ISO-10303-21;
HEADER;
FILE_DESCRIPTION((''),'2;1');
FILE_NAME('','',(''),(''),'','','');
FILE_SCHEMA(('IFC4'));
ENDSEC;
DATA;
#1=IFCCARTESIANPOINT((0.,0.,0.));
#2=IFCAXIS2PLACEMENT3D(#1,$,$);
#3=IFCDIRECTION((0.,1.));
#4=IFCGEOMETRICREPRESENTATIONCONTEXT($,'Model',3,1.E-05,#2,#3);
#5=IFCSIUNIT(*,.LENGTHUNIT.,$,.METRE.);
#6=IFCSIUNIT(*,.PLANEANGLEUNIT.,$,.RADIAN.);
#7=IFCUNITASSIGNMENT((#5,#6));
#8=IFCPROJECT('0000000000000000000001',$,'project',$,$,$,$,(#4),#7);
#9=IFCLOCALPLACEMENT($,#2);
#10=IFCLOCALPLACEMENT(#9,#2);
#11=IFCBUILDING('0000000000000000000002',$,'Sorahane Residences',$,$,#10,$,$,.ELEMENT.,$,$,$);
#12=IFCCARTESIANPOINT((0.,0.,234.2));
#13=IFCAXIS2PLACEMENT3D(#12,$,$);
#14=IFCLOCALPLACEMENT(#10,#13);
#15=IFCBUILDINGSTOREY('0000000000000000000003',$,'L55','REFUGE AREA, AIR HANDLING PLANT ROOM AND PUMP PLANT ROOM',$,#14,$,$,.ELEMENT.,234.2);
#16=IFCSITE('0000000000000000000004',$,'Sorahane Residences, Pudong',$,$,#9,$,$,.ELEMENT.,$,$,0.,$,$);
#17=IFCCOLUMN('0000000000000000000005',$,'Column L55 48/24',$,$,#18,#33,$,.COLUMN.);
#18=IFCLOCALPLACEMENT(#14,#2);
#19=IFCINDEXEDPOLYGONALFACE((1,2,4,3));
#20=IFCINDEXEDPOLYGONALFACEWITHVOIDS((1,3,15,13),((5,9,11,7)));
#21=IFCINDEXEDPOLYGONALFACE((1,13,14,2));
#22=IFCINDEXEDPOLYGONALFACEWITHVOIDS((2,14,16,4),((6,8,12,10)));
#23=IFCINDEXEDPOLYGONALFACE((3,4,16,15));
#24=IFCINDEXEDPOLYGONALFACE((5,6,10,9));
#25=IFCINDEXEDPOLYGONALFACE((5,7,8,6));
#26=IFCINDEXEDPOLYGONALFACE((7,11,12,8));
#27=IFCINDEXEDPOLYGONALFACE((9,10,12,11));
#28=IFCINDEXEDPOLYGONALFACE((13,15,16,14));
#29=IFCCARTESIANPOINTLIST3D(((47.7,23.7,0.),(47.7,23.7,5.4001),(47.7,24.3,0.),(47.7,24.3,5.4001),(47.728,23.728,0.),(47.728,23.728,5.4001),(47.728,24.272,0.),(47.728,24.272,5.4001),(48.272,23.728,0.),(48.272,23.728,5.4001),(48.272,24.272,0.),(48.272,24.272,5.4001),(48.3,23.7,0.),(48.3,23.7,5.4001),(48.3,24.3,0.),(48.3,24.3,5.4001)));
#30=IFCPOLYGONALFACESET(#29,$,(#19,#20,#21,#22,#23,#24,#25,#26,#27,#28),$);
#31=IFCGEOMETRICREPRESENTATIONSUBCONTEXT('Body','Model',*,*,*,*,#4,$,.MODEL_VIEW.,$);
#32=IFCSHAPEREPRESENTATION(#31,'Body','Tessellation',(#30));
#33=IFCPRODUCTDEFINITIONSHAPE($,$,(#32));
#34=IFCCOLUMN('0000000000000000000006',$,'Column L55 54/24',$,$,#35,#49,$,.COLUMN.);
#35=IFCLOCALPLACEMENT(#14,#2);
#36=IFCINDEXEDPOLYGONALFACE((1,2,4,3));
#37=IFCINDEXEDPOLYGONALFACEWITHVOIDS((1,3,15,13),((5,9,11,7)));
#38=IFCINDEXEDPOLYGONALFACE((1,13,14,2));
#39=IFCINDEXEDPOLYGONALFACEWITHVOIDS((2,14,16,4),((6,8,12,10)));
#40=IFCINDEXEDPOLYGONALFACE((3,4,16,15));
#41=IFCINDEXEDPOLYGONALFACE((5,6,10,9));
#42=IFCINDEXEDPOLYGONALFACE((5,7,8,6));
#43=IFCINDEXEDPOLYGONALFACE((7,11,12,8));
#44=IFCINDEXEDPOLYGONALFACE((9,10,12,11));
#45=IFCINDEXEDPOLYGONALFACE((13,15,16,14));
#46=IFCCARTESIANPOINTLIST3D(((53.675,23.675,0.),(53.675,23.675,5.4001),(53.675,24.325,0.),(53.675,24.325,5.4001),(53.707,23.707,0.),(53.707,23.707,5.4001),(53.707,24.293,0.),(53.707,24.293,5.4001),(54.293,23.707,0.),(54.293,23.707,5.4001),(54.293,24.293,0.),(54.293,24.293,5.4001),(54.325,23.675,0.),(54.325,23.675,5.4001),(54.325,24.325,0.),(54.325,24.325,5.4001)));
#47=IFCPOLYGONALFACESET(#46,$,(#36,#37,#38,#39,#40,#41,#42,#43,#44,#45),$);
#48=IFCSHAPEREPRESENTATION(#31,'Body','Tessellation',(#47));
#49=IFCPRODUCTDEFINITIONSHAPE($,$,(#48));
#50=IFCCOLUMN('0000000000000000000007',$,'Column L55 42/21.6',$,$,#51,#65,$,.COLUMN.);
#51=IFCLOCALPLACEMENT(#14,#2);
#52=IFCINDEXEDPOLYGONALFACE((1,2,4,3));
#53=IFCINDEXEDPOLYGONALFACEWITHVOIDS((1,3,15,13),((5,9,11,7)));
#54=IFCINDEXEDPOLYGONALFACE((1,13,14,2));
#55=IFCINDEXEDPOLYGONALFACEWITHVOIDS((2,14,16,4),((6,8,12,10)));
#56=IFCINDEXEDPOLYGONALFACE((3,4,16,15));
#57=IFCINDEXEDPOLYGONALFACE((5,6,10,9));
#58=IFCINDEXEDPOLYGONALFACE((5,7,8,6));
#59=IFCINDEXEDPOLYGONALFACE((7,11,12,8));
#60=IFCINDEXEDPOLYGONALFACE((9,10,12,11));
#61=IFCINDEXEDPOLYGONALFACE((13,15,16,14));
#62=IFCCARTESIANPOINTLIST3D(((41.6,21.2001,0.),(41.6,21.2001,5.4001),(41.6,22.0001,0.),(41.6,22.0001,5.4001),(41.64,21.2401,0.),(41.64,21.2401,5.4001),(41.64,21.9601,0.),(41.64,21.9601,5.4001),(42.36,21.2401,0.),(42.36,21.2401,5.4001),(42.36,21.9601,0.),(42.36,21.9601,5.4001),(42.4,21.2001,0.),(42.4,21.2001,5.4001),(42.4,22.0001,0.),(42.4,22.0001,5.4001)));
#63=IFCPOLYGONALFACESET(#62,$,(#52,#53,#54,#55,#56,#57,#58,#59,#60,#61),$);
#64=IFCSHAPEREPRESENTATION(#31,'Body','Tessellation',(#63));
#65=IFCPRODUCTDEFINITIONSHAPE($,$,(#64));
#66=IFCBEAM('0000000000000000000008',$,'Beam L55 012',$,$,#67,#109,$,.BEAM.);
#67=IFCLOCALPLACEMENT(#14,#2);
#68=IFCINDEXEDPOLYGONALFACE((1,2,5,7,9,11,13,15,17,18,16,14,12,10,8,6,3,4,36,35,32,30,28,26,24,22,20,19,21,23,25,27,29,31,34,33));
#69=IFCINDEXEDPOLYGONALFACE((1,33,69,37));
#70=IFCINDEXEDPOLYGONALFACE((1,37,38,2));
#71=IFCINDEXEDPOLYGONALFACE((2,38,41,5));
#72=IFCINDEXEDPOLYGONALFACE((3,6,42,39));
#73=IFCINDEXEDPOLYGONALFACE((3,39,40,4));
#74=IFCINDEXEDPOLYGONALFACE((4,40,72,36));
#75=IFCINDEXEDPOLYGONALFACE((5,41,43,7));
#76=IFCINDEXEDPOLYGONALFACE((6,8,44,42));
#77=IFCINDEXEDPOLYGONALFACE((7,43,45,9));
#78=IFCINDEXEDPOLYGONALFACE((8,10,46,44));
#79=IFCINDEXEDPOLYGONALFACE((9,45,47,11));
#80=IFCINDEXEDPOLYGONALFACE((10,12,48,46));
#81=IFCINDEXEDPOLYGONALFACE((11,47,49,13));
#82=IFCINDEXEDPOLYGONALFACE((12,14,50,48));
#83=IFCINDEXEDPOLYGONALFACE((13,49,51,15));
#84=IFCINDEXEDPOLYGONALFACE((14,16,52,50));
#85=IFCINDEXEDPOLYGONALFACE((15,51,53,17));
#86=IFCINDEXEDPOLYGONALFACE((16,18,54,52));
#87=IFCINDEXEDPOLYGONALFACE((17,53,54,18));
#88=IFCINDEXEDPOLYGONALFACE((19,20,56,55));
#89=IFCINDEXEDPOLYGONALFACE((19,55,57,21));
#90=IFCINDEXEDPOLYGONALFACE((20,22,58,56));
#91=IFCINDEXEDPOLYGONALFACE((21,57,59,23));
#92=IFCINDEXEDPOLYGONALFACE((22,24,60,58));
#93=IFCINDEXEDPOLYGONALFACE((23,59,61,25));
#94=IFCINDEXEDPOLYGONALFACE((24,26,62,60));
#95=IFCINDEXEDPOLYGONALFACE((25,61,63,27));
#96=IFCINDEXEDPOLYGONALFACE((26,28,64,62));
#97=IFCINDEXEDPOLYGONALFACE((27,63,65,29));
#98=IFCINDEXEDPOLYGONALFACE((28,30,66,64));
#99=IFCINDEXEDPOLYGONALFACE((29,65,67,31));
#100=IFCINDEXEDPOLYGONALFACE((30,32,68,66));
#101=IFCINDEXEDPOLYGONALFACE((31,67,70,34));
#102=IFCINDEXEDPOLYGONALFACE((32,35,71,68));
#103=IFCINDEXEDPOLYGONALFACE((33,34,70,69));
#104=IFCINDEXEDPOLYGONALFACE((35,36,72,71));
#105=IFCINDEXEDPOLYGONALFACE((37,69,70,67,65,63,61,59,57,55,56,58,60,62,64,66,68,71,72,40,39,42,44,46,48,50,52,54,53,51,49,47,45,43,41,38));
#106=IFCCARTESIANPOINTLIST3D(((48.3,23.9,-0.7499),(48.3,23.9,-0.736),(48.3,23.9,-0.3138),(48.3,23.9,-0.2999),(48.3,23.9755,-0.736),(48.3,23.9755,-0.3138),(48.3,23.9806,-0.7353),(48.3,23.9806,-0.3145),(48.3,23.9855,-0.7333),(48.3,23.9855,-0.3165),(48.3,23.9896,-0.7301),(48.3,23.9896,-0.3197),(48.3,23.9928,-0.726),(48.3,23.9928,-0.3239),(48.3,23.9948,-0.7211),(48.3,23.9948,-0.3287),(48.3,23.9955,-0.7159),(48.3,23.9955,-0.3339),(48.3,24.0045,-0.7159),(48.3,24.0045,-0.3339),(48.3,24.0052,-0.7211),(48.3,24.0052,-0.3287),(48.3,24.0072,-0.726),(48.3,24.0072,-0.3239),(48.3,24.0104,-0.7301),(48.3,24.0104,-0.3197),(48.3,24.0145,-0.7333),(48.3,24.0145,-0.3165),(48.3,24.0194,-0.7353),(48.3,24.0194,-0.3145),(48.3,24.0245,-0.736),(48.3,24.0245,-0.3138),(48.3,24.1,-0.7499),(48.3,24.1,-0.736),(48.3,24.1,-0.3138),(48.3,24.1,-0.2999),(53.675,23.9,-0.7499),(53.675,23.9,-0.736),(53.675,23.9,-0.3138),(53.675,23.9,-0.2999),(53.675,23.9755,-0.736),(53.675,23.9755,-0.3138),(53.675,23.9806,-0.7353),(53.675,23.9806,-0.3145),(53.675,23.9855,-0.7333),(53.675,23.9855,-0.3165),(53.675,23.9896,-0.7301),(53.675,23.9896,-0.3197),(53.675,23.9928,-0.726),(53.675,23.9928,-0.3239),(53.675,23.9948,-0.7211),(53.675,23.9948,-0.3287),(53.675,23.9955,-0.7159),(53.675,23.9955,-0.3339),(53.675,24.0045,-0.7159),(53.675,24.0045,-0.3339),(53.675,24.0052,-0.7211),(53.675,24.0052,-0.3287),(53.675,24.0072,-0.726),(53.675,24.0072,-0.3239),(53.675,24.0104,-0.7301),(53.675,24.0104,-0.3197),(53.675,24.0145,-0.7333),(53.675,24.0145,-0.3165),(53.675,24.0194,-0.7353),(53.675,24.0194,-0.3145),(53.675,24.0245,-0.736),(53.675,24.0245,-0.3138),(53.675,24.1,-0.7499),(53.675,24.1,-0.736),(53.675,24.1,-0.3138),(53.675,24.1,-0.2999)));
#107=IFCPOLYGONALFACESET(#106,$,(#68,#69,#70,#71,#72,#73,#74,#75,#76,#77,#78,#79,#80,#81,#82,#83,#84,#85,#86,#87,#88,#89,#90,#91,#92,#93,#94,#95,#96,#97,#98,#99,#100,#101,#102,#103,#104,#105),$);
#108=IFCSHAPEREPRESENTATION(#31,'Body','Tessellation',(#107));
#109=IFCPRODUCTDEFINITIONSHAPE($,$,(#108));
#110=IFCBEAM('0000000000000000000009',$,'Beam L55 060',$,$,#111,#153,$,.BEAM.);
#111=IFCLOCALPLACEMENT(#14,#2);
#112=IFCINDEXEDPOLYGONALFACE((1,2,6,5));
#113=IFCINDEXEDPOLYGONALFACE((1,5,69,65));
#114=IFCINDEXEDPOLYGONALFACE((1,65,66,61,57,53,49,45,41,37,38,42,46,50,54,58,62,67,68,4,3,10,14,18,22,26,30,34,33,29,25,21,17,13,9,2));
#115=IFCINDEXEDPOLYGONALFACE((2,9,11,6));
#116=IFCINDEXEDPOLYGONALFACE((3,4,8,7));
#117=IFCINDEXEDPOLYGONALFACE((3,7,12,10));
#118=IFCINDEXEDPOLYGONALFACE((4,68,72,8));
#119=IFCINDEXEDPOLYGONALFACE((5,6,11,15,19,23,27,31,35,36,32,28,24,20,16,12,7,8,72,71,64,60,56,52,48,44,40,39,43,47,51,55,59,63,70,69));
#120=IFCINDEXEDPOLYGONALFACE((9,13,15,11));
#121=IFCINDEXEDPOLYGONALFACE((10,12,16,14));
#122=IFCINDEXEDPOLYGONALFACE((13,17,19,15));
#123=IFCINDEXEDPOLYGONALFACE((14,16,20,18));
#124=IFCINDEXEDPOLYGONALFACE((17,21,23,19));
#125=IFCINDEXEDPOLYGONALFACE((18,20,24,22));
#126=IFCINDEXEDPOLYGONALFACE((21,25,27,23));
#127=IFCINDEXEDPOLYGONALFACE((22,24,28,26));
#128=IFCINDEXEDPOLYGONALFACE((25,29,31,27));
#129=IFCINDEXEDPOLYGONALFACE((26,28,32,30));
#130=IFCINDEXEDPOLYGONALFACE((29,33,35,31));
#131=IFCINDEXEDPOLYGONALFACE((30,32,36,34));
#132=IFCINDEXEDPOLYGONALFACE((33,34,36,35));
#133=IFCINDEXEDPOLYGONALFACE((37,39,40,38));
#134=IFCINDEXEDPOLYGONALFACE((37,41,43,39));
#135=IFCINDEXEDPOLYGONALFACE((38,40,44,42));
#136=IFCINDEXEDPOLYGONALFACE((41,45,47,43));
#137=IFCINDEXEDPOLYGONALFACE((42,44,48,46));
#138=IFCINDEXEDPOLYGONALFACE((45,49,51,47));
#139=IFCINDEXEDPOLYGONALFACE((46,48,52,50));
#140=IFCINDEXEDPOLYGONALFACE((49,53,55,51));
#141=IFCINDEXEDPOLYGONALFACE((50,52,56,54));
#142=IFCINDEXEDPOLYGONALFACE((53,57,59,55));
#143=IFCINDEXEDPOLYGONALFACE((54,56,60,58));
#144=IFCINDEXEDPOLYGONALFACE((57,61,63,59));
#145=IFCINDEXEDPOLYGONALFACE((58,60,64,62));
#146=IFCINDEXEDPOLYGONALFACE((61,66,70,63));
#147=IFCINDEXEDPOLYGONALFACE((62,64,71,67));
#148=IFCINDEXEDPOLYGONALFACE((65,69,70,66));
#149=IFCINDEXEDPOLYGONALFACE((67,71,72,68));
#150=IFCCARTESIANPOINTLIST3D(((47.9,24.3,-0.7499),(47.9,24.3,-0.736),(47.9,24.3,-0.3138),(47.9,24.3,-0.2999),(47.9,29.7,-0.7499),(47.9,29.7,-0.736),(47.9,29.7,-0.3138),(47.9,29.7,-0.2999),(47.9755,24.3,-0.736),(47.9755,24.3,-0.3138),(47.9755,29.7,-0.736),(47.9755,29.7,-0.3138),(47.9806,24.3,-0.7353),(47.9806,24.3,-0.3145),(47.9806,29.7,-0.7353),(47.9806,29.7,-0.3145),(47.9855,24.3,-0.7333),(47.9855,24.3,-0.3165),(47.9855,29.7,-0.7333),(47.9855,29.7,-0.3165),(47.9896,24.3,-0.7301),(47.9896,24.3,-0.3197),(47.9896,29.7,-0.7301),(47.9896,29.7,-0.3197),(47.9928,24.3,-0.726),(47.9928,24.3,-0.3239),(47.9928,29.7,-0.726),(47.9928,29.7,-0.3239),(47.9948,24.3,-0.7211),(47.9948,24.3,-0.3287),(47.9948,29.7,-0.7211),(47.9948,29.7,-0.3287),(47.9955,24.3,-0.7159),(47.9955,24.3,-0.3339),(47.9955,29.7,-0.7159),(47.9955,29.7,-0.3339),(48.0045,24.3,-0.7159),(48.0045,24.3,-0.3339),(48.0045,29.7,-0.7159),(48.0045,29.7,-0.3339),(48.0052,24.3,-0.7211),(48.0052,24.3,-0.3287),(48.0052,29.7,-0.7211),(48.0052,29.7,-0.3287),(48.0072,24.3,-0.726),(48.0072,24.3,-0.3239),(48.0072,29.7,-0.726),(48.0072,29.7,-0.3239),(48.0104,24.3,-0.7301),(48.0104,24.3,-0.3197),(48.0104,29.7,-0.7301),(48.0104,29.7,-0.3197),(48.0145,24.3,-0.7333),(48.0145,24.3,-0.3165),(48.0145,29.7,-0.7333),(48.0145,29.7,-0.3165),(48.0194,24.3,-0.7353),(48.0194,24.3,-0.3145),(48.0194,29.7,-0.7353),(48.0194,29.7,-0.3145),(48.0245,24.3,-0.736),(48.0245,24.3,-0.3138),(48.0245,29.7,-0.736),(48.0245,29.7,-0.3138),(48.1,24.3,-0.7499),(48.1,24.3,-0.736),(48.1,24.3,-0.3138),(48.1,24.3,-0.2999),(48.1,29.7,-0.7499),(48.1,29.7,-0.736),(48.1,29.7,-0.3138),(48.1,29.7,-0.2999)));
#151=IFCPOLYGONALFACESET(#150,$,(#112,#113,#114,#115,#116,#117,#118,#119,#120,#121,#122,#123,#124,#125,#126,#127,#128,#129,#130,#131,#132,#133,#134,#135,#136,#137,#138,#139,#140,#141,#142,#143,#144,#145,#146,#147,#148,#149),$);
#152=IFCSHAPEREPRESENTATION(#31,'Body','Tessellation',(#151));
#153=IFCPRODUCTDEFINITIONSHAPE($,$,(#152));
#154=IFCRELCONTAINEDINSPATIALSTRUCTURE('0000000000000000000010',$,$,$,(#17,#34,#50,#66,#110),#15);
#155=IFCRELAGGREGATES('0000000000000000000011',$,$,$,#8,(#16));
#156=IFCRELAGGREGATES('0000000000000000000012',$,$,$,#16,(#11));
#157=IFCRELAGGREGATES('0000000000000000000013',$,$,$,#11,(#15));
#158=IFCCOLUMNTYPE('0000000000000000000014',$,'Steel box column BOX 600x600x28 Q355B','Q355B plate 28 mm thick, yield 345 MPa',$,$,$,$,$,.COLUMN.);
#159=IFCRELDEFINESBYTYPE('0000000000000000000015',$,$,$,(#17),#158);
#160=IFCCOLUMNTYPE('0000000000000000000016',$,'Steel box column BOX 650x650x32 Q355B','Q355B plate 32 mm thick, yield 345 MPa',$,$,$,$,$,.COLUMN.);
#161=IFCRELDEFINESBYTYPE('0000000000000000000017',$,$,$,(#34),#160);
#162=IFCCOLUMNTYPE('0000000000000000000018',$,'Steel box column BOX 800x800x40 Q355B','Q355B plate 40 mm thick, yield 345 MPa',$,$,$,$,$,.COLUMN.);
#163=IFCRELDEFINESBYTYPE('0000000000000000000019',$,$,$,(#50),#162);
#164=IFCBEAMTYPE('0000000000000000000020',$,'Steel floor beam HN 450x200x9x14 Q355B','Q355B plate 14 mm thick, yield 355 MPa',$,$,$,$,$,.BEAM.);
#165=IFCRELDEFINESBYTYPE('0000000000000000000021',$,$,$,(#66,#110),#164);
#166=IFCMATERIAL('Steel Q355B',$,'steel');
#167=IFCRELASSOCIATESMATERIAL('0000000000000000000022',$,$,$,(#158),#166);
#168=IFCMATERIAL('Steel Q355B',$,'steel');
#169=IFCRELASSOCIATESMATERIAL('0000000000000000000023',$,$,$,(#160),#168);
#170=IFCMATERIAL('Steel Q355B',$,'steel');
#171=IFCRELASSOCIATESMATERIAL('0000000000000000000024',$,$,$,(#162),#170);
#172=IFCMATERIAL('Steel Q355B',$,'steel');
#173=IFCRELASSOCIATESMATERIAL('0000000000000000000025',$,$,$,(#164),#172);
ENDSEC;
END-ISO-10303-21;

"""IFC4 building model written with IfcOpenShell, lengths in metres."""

from ifc_helpers import new_model, si_unit, direction, frame, origin, origin_2d, place, context, subcontext, project, spatial, hollow_rectangle, i_section, extrude, material, material_profile, profile_set, type_object, element, save


model = new_model("IFC4")

# Units and contexts
model_context = context("Model", 3, precision=1e-05, world=origin(), true_north=direction((0.0, 1.0)))
body_context = subcontext(model_context, "Body", "Model", "MODEL_VIEW")
ifc_project = project(units=[si_unit("LENGTHUNIT", "METRE"), si_unit("PLANEANGLEUNIT", "RADIAN")], contexts=[model_context])

# Site, building, storey
site_placement = place(None, origin())
site = spatial("IfcSite", under=ifc_project, at=site_placement, Name="Sorahane Residences, Pudong", CompositionType="ELEMENT", RefElevation=0.0)
building_placement = place(site_placement, origin())
building = spatial("IfcBuilding", under=site, at=building_placement, Name="Sorahane Residences", CompositionType="ELEMENT")
storey_placement = place(building_placement, frame((0.0, 0.0, 234.2)))
storey = spatial("IfcBuildingStorey", under=building, at=storey_placement, Name="L55", Description="REFUGE AREA, AIR HANDLING PLANT ROOM AND PUMP PLANT ROOM", CompositionType="ELEMENT", Elevation=234.2)

# Columns
ifc_material_1 = material(Name="Steel Q355B", Category="steel")
ifc_material_profile_1 = material_profile(ifc_material_1, hollow_rectangle(XDim=0.6001, YDim=0.6001, WallThickness=0.0281, at=origin_2d()), Name="BOX 600x600x28")
ifc_profile_set_1 = profile_set([ifc_material_profile_1], Name="Steel Q355B")
column_type_1 = type_object("IfcColumnType", Name="Steel box column BOX 600x600x28 Q355B", Description="Q355B plate 28 mm thick, yield 345 MPa", PredefinedType="COLUMN", material=ifc_profile_set_1)
column_1_placement = place(storey_placement, frame((48.0, 24.0, 0.0), z_axis=(0.0, 0.0, 1.0), x_axis=(1.0, 0.0, 0.0)))
element("IfcColumn", 1, at=column_1_placement, inside=storey, type_object=column_type_1, Name="Column L55 48/24", PredefinedType="COLUMN", context=body_context, shape_type="SweptSolid", body=[
    extrude(hollow_rectangle(XDim=0.6001, YDim=0.6001, WallThickness=0.0281, at=origin_2d()), origin(), (0.0, 0.0, 1.0), 5.4001),
])
ifc_material_2 = material(Name="Steel Q355B", Category="steel")
ifc_material_profile_2 = material_profile(ifc_material_2, hollow_rectangle(XDim=0.6499, YDim=0.6499, WallThickness=0.032, at=origin_2d()), Name="BOX 650x650x32")
ifc_profile_set_2 = profile_set([ifc_material_profile_2], Name="Steel Q355B")
column_type_2 = type_object("IfcColumnType", Name="Steel box column BOX 650x650x32 Q355B", Description="Q355B plate 32 mm thick, yield 345 MPa", PredefinedType="COLUMN", material=ifc_profile_set_2)
column_2_placement = place(storey_placement, frame((54.0, 24.0, 0.0), z_axis=(0.0, 0.0, 1.0), x_axis=(1.0, 0.0, 0.0)))
element("IfcColumn", 2, at=column_2_placement, inside=storey, type_object=column_type_2, Name="Column L55 54/24", PredefinedType="COLUMN", context=body_context, shape_type="SweptSolid", body=[
    extrude(hollow_rectangle(XDim=0.6499, YDim=0.6499, WallThickness=0.032, at=origin_2d()), origin(), (0.0, 0.0, 1.0), 5.4001),
])
ifc_material_3 = material(Name="Steel Q355B", Category="steel")
ifc_material_profile_3 = material_profile(ifc_material_3, hollow_rectangle(XDim=0.8, YDim=0.8, WallThickness=0.04, at=origin_2d()), Name="BOX 800x800x40")
ifc_profile_set_3 = profile_set([ifc_material_profile_3], Name="Steel Q355B")
column_type_3 = type_object("IfcColumnType", Name="Steel box column BOX 800x800x40 Q355B", Description="Q355B plate 40 mm thick, yield 345 MPa", PredefinedType="COLUMN", material=ifc_profile_set_3)
column_3_placement = place(storey_placement, frame((42.0, 21.6001, 0.0), z_axis=(0.0, 0.0, 1.0), x_axis=(1.0, 0.0, 0.0)))
element("IfcColumn", 3, at=column_3_placement, inside=storey, type_object=column_type_3, Name="Column L55 42/21.6", PredefinedType="COLUMN", context=body_context, shape_type="SweptSolid", body=[
    extrude(hollow_rectangle(XDim=0.8, YDim=0.8, WallThickness=0.04, at=origin_2d()), origin(), (0.0, 0.0, 1.0), 5.4001),
])

# Beams
ifc_material_4 = material(Name="Steel Q355B", Category="steel")
ifc_material_profile_4 = material_profile(ifc_material_4, i_section(OverallWidth=0.2, OverallDepth=0.45, WebThickness=0.009, FlangeThickness=0.0139, FilletRadius=0.02, at=origin_2d()), Name="HN 450x200x9x14")
ifc_profile_set_4 = profile_set([ifc_material_profile_4], Name="Steel Q355B")
beam_type_1 = type_object("IfcBeamType", Name="Steel floor beam HN 450x200x9x14 Q355B", Description="Q355B plate 14 mm thick, yield 355 MPa", PredefinedType="BEAM", material=ifc_profile_set_4)
beam_1_placement = place(storey_placement, frame((48.3, 24.0, -0.5249), z_axis=(1.0, 0.0, 0.0), x_axis=(0.0, 1.0, 0.0)))
element("IfcBeam", 4, at=beam_1_placement, inside=storey, type_object=beam_type_1, Name="Beam L55 012", PredefinedType="BEAM", context=body_context, shape_type="SweptSolid", body=[
    extrude(i_section(OverallWidth=0.2, OverallDepth=0.45, WebThickness=0.009, FlangeThickness=0.0139, FilletRadius=0.02, at=origin_2d()), origin(), (0.0, 0.0, 1.0), 5.375),
])
beam_2_placement = place(storey_placement, frame((48.0, 24.3, -0.5249), z_axis=(0.0, 1.0, 0.0), x_axis=(-1.0, 0.0, 0.0)))
element("IfcBeam", 5, at=beam_2_placement, inside=storey, type_object=beam_type_1, Name="Beam L55 060", PredefinedType="BEAM", context=body_context, shape_type="SweptSolid", body=[
    extrude(i_section(OverallWidth=0.2, OverallDepth=0.45, WebThickness=0.009, FlangeThickness=0.0139, FilletRadius=0.02, at=origin_2d()), origin(), (0.0, 0.0, 1.0), 5.3999),
])

save(model, "model.ifc")
